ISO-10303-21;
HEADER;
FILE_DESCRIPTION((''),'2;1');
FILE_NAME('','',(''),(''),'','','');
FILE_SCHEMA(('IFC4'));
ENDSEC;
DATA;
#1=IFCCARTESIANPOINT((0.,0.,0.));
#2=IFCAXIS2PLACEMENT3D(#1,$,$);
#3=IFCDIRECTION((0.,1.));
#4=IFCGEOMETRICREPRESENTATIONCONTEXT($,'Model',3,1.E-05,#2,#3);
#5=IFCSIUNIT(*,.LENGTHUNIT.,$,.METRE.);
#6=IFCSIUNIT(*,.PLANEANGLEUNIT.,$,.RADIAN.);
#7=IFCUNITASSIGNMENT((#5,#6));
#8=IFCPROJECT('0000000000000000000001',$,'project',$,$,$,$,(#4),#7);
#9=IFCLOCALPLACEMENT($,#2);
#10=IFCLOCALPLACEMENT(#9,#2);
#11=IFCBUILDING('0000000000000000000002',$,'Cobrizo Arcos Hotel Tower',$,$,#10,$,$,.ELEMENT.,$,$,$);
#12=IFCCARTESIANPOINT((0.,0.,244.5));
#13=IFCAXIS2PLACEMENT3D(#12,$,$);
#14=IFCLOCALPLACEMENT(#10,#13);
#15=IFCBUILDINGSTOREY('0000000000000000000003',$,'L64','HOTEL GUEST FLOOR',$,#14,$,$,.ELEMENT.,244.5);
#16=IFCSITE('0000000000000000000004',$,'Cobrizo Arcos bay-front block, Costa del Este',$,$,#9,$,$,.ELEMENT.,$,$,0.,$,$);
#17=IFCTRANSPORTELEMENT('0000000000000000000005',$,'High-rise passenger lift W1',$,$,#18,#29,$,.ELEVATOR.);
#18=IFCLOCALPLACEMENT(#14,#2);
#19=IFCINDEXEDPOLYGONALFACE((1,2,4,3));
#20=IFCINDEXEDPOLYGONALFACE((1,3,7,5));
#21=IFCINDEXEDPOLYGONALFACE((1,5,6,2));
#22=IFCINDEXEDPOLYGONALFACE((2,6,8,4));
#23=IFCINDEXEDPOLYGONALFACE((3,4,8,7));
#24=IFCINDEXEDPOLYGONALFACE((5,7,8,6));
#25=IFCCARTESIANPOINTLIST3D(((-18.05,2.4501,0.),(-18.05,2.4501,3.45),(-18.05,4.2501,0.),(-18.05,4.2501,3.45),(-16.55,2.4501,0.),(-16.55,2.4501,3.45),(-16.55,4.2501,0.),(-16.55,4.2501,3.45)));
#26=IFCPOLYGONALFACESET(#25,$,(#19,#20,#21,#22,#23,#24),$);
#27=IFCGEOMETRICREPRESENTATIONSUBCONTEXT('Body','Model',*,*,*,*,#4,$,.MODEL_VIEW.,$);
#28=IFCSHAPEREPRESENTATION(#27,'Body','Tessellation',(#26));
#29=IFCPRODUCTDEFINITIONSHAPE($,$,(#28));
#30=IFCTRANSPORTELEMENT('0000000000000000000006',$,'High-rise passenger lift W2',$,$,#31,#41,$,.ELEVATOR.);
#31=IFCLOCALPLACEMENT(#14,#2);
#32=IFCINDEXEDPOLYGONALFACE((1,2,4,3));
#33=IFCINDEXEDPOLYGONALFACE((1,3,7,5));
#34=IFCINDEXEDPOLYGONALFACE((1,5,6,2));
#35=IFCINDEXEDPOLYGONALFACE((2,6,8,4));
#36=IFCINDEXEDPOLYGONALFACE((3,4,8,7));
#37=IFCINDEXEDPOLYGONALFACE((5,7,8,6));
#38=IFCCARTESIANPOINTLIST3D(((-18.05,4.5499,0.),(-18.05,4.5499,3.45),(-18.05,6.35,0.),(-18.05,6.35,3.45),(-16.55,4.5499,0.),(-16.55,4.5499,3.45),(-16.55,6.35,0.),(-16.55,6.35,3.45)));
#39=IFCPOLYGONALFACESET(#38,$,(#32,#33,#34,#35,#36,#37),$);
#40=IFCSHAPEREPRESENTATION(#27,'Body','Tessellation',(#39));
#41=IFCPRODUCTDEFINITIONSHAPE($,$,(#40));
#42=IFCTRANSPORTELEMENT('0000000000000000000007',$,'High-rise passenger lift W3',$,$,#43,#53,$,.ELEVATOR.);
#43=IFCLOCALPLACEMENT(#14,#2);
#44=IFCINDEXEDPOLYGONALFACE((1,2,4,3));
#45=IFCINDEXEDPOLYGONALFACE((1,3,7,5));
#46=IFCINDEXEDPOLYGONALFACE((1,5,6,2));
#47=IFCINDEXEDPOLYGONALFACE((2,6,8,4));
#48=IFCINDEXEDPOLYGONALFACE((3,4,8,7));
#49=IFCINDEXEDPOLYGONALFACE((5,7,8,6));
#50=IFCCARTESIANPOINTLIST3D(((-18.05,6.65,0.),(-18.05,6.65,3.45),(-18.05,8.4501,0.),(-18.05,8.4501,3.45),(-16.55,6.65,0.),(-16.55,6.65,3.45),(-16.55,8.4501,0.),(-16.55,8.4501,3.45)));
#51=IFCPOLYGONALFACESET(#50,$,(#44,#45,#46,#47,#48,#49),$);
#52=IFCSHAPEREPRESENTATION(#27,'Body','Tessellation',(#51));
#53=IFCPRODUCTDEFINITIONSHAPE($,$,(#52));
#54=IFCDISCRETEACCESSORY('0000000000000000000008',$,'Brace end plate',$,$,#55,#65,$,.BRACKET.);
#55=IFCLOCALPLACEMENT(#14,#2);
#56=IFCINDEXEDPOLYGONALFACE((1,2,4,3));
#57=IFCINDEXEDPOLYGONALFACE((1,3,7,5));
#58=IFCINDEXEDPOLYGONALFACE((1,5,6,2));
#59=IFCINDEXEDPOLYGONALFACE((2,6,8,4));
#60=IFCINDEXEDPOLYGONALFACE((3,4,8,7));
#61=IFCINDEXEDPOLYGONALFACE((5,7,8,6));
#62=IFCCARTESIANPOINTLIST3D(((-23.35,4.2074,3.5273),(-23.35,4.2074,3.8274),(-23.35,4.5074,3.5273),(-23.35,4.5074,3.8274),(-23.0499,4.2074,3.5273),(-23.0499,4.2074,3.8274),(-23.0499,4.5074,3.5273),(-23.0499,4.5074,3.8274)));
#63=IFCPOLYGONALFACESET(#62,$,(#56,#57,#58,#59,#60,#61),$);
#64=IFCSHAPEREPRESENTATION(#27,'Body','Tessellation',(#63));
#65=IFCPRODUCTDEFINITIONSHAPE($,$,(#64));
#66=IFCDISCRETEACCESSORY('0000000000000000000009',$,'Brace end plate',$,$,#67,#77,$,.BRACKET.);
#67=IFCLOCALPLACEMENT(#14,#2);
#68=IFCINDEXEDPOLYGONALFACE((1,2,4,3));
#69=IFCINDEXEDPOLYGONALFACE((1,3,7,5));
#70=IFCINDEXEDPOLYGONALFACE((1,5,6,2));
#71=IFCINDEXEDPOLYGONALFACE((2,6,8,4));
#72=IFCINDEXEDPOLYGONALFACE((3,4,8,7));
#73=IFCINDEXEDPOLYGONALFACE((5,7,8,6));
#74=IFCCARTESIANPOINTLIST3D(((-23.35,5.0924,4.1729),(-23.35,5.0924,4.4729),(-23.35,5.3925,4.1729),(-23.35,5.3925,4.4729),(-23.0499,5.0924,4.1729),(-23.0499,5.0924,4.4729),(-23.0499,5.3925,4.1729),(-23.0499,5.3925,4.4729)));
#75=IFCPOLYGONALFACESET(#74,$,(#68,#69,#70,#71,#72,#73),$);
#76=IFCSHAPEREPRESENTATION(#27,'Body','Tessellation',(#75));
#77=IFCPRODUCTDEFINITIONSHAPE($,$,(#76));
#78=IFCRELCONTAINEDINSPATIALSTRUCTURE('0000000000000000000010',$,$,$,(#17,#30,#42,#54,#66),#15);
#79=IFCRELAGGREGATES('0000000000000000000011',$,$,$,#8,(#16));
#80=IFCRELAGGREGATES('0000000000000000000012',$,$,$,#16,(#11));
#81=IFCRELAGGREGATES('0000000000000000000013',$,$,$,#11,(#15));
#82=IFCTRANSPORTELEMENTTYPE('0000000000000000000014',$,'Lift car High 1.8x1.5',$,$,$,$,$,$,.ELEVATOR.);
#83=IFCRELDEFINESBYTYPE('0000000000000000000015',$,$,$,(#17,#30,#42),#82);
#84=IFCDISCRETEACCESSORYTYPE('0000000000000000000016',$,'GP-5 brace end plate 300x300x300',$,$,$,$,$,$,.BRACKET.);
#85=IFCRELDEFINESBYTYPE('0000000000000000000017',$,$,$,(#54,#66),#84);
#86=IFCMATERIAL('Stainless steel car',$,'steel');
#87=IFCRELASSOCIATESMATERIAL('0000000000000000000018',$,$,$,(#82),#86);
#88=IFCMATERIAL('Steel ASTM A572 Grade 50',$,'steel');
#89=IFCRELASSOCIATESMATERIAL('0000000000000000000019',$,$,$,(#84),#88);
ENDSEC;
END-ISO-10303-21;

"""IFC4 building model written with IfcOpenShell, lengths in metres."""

from ifc_helpers import new_model, si_unit, direction, frame, origin, origin_2d, place, context, subcontext, project, spatial, rectangle, extrude, material, type_object, element, save


model = new_model("IFC4")

# Units and contexts
model_context = context("Model", 3, precision=1e-05, world=origin(), true_north=direction((0.0, 1.0)))
body_context = subcontext(model_context, "Body", "Model", "MODEL_VIEW")
ifc_project = project(units=[si_unit("LENGTHUNIT", "METRE"), si_unit("PLANEANGLEUNIT", "RADIAN")], contexts=[model_context])

# Site, building, storey
site_placement = place(None, origin())
site = spatial("IfcSite", under=ifc_project, at=site_placement, Name="Cobrizo Arcos bay-front block, Costa del Este", CompositionType="ELEMENT", RefElevation=0.0)
building_placement = place(site_placement, origin())
building = spatial("IfcBuilding", under=site, at=building_placement, Name="Cobrizo Arcos Hotel Tower", CompositionType="ELEMENT")
storey_placement = place(building_placement, frame((0.0, 0.0, 244.5)))
storey = spatial("IfcBuildingStorey", under=building, at=storey_placement, Name="L64", Description="HOTEL GUEST FLOOR", CompositionType="ELEMENT", Elevation=244.5)

# Shared definitions
ifc_material_1 = material(Name="Steel ASTM A572 Grade 50", Category="steel")

# Transport elements
ifc_material_2 = material(Name="Stainless steel car", Category="steel")
transport_element_type = type_object("IfcTransportElementType", Name="Lift car High 1.8x1.5", PredefinedType="ELEVATOR", material=ifc_material_2)
for number, where, z_axis, x_axis, name in (
    (1, (-17.3, 3.3501, 0.0), (0.0, 0.0, 1.0), (1.0, 0.0, 0.0), "High-rise passenger lift W1"),
    (2, (-17.3, 5.45, 0.0), (0.0, 0.0, 1.0), (1.0, 0.0, 0.0), "High-rise passenger lift W2"),
    (3, (-17.3, 7.55, 0.0), (0.0, 0.0, 1.0), (1.0, 0.0, 0.0), "High-rise passenger lift W3"),
):
    element("IfcTransportElement", number, at=place(storey_placement, frame(where, z_axis=z_axis, x_axis=x_axis)), inside=storey, type_object=transport_element_type, Name=name, PredefinedType="ELEVATOR", context=body_context, shape_type="SweptSolid", body=[
        extrude(rectangle(XDim=1.5, YDim=1.8, at=origin_2d()), origin(), (0.0, 0.0, 1.0), 3.45),
    ])

# Discrete accessories
discrete_accessory_type = type_object("IfcDiscreteAccessoryType", Name="GP-5 brace end plate 300x300x300", PredefinedType="BRACKET", material=ifc_material_1)
for number, where, z_axis, x_axis, name in (
    (4, (-23.2, 4.3574, 3.5273), (0.0, 0.0, 1.0), (1.0, 0.0, 0.0), "Brace end plate"),
    (5, (-23.2, 5.2424, 4.1729), (0.0, 0.0, 1.0), (1.0, 0.0, 0.0), "Brace end plate"),
):
    element("IfcDiscreteAccessory", number, at=place(storey_placement, frame(where, z_axis=z_axis, x_axis=x_axis)), inside=storey, type_object=discrete_accessory_type, Name=name, PredefinedType="BRACKET", context=body_context, shape_type="SweptSolid", body=[
        extrude(rectangle(XDim=0.3, YDim=0.3, at=origin_2d()), origin(), (0.0, 0.0, 1.0), 0.3),
    ])

save(model, "model.ifc")
